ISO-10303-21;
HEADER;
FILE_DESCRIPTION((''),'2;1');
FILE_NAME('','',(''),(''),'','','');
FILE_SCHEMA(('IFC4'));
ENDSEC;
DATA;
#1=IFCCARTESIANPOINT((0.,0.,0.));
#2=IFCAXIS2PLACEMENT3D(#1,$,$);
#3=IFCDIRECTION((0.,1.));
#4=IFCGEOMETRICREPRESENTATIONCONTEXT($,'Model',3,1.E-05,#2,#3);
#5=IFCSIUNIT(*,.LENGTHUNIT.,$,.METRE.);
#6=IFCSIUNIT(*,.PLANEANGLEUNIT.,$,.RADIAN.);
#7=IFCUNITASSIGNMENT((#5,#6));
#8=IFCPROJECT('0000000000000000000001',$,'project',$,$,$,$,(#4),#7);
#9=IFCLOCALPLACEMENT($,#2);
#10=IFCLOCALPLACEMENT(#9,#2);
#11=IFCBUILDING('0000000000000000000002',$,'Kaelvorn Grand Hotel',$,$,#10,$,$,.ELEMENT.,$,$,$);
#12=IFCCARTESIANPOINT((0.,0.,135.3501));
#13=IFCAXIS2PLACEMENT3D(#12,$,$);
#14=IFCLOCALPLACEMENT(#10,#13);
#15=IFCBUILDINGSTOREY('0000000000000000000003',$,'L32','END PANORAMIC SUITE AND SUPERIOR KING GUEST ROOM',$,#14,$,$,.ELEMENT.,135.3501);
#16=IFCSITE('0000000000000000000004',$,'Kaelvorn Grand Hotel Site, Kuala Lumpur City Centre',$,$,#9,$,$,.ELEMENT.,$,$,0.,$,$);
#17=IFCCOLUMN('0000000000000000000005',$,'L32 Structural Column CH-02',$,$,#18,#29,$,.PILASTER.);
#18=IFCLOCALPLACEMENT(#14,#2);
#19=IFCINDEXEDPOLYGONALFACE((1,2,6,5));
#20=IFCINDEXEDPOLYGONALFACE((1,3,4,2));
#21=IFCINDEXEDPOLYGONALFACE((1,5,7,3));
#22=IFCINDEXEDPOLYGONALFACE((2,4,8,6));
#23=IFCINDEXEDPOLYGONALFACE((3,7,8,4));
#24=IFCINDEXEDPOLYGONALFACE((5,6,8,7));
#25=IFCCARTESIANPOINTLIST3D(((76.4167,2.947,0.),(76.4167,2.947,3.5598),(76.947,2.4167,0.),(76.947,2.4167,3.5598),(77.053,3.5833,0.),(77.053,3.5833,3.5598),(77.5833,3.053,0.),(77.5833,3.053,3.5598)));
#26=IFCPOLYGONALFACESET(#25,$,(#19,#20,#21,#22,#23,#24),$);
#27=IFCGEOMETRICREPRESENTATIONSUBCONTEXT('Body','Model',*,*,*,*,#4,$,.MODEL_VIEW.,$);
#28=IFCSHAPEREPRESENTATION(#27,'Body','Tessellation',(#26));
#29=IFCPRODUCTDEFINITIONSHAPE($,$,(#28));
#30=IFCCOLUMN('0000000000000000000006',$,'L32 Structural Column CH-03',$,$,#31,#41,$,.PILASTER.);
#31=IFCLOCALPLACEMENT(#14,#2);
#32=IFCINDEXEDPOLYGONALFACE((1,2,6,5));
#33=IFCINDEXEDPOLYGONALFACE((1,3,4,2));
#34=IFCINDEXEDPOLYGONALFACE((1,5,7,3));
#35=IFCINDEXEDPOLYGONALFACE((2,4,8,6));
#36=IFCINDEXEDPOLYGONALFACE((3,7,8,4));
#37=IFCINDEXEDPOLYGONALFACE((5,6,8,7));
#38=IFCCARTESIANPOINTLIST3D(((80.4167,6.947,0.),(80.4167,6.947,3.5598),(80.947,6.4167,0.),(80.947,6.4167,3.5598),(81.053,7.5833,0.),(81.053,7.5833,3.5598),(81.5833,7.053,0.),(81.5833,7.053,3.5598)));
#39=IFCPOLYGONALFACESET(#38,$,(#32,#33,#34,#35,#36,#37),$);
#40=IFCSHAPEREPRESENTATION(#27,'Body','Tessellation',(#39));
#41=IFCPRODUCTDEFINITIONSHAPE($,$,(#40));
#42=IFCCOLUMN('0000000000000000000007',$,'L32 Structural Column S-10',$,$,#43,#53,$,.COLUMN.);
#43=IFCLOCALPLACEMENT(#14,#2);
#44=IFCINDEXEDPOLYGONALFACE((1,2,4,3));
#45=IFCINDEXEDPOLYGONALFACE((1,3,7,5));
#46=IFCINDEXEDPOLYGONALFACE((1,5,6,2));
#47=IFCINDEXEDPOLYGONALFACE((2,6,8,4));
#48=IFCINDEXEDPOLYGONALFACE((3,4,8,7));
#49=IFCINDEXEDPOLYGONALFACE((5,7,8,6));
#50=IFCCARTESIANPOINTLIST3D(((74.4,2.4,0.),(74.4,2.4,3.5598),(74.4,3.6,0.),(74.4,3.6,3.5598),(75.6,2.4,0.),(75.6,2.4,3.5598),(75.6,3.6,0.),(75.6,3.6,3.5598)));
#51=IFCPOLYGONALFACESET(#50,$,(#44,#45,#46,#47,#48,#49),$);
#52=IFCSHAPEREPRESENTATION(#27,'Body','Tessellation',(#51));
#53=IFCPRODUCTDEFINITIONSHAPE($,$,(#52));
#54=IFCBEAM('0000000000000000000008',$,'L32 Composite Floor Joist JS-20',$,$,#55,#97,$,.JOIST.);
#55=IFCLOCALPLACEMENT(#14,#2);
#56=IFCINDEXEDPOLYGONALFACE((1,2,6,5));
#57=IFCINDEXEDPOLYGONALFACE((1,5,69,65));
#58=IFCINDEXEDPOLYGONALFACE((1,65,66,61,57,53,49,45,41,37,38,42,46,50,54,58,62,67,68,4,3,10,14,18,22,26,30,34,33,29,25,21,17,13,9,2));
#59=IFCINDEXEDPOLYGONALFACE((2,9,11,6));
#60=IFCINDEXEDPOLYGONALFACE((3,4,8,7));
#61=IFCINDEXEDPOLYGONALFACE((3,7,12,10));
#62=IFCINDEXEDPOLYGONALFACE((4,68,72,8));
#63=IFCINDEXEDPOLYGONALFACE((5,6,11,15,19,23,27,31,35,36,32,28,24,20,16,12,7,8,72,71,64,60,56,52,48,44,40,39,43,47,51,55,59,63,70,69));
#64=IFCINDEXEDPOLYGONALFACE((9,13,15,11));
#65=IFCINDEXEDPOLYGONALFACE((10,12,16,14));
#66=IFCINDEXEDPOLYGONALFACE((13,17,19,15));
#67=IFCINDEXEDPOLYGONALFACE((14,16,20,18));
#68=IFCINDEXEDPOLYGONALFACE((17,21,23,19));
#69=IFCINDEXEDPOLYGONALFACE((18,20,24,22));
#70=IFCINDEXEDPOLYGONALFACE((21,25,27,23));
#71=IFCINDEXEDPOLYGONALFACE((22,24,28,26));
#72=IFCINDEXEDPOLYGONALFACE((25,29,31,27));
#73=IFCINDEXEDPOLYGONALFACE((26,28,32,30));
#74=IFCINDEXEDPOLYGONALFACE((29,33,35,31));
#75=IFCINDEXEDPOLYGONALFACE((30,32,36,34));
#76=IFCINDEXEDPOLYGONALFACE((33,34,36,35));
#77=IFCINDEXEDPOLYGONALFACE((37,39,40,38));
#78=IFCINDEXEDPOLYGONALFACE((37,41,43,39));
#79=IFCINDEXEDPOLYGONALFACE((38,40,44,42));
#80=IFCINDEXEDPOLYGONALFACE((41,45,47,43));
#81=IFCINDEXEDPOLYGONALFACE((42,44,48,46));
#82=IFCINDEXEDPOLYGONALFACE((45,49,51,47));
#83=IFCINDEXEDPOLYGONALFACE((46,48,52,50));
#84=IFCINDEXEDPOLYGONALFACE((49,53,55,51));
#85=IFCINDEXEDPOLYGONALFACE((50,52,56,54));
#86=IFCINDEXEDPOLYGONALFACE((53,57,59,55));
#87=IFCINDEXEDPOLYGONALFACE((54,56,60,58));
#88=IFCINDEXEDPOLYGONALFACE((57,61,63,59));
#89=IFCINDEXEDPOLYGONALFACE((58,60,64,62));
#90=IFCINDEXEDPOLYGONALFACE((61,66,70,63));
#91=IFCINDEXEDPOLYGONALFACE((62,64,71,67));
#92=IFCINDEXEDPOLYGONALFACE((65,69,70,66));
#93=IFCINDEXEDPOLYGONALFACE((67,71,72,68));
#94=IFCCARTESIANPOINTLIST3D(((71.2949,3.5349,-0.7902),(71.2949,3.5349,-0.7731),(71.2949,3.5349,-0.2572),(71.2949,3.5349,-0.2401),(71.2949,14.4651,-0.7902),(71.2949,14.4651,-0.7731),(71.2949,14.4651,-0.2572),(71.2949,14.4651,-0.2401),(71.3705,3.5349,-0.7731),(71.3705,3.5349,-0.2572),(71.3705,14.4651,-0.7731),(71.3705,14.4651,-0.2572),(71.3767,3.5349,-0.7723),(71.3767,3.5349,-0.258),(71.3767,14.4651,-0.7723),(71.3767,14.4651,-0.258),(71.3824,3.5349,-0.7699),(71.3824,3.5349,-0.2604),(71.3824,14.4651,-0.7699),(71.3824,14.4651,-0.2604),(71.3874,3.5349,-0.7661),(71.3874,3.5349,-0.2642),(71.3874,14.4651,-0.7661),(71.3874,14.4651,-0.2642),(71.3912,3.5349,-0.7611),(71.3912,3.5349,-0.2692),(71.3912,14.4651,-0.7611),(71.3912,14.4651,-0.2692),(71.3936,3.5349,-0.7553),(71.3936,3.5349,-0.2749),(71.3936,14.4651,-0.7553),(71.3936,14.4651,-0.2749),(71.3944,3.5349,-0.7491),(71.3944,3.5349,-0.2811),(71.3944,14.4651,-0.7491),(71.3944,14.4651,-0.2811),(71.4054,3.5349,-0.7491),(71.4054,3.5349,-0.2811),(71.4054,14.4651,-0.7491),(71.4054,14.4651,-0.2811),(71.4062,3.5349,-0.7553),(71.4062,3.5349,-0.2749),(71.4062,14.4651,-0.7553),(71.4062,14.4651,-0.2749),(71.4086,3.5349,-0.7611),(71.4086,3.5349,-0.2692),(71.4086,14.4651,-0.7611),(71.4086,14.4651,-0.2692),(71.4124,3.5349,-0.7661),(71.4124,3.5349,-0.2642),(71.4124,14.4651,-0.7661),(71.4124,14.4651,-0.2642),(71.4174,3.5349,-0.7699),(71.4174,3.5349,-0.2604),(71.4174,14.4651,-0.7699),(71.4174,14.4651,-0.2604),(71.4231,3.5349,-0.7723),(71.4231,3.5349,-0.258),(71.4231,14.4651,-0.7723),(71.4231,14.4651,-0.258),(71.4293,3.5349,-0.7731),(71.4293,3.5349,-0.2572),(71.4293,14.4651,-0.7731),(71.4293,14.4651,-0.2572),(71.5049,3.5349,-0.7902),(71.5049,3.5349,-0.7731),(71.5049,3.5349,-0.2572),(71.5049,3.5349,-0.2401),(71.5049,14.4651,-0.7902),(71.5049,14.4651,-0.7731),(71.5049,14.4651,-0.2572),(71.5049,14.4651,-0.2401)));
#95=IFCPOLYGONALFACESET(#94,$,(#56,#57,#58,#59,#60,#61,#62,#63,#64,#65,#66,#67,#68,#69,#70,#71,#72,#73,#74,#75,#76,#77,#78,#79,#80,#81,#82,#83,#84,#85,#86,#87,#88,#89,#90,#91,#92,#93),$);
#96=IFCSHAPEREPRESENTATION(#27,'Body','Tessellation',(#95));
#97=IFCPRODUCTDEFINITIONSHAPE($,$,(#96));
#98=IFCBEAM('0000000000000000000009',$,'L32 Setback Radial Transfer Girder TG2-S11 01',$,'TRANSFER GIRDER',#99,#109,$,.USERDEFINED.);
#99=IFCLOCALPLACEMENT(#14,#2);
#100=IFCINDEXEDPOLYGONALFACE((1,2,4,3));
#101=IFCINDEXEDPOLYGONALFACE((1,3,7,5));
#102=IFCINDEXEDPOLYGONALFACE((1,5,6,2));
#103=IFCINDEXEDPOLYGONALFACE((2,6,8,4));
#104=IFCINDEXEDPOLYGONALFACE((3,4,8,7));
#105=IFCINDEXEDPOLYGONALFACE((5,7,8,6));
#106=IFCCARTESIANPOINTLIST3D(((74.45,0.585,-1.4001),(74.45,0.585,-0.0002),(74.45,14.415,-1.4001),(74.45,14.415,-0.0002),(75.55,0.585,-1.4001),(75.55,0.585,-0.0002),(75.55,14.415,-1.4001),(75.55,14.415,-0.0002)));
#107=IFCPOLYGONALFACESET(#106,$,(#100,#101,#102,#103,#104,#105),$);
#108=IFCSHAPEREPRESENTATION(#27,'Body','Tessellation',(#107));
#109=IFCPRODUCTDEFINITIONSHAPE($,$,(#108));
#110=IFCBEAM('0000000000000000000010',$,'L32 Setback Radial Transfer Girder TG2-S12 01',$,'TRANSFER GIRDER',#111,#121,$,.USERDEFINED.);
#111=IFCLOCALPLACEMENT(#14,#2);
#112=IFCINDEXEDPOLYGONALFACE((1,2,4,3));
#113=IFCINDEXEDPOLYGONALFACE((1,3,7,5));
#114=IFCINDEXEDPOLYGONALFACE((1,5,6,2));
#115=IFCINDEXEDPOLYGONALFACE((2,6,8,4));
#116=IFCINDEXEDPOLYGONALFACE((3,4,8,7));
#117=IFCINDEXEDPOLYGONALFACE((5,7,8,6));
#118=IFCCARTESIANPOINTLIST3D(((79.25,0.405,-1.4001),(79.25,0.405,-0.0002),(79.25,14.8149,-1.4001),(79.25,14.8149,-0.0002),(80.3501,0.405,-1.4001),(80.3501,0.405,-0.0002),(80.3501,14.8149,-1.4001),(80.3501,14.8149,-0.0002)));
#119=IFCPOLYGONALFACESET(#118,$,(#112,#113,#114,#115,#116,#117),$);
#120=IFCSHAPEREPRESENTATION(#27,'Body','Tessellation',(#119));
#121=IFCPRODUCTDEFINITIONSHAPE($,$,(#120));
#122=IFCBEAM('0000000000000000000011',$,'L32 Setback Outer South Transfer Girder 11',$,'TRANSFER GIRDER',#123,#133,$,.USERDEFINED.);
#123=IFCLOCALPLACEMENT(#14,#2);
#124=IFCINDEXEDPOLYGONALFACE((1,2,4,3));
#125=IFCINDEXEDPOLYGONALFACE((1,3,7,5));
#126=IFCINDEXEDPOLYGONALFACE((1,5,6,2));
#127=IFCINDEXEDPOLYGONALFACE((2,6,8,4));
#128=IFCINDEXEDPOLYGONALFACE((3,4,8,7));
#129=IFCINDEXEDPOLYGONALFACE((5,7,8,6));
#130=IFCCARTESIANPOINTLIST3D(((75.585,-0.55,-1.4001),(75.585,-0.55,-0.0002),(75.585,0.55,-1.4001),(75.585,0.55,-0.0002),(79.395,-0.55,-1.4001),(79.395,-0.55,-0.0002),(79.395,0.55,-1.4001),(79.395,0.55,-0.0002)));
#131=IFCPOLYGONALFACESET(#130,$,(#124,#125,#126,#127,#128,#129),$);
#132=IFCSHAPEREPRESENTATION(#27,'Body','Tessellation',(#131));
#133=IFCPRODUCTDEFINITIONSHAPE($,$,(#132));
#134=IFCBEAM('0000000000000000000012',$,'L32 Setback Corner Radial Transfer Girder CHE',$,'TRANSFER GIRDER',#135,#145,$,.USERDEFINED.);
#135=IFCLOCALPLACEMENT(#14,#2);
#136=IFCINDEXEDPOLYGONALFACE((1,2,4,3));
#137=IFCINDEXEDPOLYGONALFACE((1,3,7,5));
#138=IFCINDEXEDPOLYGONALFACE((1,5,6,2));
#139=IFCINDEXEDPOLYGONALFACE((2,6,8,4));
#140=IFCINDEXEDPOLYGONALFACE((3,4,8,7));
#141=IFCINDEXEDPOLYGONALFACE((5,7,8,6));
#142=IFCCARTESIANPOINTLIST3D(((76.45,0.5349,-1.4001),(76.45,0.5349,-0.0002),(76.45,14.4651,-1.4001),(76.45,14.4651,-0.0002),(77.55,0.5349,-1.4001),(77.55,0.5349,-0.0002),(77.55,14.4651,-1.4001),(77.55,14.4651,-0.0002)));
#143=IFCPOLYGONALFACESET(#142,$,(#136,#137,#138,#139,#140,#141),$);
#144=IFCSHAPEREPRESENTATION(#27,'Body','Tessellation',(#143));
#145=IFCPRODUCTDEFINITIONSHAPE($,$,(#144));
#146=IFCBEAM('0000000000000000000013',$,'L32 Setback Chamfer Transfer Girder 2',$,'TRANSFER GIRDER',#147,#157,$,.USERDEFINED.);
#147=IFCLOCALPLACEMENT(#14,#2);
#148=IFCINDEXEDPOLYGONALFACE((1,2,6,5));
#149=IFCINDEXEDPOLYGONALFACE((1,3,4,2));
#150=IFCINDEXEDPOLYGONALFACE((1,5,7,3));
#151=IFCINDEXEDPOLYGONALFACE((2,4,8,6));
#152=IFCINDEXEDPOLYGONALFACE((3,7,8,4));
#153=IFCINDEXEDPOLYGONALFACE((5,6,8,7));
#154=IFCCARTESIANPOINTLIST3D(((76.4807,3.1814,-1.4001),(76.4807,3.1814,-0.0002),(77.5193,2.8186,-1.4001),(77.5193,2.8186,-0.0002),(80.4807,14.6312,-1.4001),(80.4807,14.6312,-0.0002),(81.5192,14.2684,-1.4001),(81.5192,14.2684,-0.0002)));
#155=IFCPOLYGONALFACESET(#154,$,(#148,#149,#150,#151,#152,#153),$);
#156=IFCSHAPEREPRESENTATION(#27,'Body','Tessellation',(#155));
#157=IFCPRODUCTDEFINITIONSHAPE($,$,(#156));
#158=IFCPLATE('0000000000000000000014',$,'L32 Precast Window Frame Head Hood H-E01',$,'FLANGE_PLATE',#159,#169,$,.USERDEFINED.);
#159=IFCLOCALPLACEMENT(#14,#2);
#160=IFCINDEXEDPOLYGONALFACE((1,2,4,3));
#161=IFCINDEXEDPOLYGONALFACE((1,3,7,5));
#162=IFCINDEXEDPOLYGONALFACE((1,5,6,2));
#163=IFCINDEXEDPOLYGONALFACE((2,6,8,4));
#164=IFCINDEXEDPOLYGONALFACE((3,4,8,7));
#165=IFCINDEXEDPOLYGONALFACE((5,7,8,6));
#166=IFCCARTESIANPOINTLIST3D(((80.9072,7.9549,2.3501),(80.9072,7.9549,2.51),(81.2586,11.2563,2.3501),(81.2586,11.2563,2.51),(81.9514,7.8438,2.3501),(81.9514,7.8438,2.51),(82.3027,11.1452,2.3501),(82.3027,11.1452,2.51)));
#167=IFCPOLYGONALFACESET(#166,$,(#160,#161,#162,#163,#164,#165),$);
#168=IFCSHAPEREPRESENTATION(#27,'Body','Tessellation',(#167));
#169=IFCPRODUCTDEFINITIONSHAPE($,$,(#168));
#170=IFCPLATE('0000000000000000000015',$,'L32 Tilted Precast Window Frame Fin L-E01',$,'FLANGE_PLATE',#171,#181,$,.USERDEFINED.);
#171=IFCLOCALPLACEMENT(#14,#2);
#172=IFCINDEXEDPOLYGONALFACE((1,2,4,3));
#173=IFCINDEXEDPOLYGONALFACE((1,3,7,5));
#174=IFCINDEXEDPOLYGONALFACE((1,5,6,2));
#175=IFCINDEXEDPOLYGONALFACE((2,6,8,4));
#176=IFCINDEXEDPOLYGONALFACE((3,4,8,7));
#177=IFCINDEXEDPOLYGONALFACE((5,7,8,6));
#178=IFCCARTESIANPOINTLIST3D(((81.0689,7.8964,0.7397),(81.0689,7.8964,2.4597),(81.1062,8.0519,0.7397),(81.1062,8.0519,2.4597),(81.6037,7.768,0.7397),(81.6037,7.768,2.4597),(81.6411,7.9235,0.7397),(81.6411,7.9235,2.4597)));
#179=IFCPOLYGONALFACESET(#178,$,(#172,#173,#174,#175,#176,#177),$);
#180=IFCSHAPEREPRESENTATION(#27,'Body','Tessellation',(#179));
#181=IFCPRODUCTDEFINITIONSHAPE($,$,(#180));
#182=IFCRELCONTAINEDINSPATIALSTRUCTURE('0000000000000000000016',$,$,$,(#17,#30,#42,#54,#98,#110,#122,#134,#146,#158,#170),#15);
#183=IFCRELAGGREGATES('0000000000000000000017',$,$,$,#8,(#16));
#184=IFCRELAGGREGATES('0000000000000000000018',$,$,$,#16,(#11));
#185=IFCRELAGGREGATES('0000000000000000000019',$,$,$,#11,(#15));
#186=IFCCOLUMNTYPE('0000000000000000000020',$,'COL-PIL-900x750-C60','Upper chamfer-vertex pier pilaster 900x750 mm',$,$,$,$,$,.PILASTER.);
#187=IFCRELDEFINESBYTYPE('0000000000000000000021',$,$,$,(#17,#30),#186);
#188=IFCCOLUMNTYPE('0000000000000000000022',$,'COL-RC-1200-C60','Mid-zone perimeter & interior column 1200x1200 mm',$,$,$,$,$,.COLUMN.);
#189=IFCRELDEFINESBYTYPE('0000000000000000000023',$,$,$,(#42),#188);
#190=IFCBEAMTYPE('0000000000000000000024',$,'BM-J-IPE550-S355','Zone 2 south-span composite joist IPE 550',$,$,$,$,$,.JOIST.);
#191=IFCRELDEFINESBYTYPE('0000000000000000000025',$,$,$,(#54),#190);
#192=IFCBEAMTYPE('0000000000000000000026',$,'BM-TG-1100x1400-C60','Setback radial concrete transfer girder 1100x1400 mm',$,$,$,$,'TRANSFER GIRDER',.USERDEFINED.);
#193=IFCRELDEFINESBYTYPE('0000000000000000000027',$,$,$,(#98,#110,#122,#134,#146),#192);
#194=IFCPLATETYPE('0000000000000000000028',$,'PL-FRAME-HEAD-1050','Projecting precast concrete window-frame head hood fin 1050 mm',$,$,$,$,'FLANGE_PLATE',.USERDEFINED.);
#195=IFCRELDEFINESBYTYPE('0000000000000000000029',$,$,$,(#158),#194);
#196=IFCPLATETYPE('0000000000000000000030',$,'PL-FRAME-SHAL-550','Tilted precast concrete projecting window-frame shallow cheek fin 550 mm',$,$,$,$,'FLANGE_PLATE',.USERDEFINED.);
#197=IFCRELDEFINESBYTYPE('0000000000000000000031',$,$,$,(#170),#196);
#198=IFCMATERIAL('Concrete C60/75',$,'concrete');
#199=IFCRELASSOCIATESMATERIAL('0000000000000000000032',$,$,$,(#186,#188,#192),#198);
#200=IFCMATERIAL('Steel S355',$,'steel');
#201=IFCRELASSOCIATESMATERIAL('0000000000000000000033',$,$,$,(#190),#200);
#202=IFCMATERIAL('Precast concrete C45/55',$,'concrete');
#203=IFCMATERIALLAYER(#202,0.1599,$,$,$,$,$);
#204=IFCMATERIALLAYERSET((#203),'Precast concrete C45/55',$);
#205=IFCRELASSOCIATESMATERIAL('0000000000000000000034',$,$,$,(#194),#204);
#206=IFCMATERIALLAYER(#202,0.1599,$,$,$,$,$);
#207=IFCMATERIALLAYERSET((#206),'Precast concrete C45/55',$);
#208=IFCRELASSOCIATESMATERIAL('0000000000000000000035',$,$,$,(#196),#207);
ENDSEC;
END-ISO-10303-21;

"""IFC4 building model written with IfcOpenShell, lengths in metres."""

from ifc_helpers import new_model, si_unit, direction, frame, origin, origin_2d, place, context, subcontext, project, spatial, rectangle, i_section, extrude, material, layer, layer_set, material_profile, profile_set, type_object, element, save


model = new_model("IFC4")

# Units and contexts
model_context = context("Model", 3, precision=1e-05, world=origin(), true_north=direction((0.0, 1.0)))
body_context = subcontext(model_context, "Body", "Model", "MODEL_VIEW")
ifc_project = project(units=[si_unit("LENGTHUNIT", "METRE"), si_unit("PLANEANGLEUNIT", "RADIAN")], contexts=[model_context])

# Site, building, storey
site_placement = place(None, origin())
site = spatial("IfcSite", under=ifc_project, at=site_placement, Name="Kaelvorn Grand Hotel Site, Kuala Lumpur City Centre", CompositionType="ELEMENT", RefElevation=0.0)
building_placement = place(site_placement, origin())
building = spatial("IfcBuilding", under=site, at=building_placement, Name="Kaelvorn Grand Hotel", CompositionType="ELEMENT")
storey_placement = place(building_placement, frame((0.0, 0.0, 135.3501)))
storey = spatial("IfcBuildingStorey", under=building, at=storey_placement, Name="L32", Description="END PANORAMIC SUITE AND SUPERIOR KING GUEST ROOM", CompositionType="ELEMENT", Elevation=135.3501)

# Columns
ifc_material_1 = material(Name="Concrete C60/75", Category="concrete")
ifc_material_profile_1 = material_profile(ifc_material_1, rectangle(XDim=0.8999, YDim=0.75, at=origin_2d()), Name="RC PILASTER 900x750")
ifc_profile_set_1 = profile_set([ifc_material_profile_1], Name="Concrete C60/75")
column_type_1 = type_object("IfcColumnType", Name="COL-PIL-900x750-C60", Description="Upper chamfer-vertex pier pilaster 900x750 mm", PredefinedType="PILASTER", material=ifc_profile_set_1)
for number, where, z_axis, x_axis, name in (
    (1, (77.0, 3.0, 0.0), (0.0, 0.0, 1.0), (0.707107, 0.707107, 0.0), "L32 Structural Column CH-02"),
    (2, (81.0, 7.0, 0.0), (0.0, 0.0, 1.0), (0.707107, 0.707107, 0.0), "L32 Structural Column CH-03"),
):
    element("IfcColumn", number, at=place(storey_placement, frame(where, z_axis=z_axis, x_axis=x_axis)), inside=storey, type_object=column_type_1, Name=name, PredefinedType="PILASTER", context=body_context, shape_type="SweptSolid", body=[
        extrude(rectangle(XDim=0.8999, YDim=0.75, at=origin_2d()), origin(), (0.0, 0.0, 1.0), 3.5598),
    ])
ifc_material_profile_2 = material_profile(ifc_material_1, rectangle(XDim=1.2, YDim=1.2, at=origin_2d()), Name="RC COL 1200x1200")
ifc_profile_set_2 = profile_set([ifc_material_profile_2], Name="Concrete C60/75")
column_type_2 = type_object("IfcColumnType", Name="COL-RC-1200-C60", Description="Mid-zone perimeter & interior column 1200x1200 mm", PredefinedType="COLUMN", material=ifc_profile_set_2)
column_placement = place(storey_placement, frame((75.0, 3.0, 0.0), z_axis=(0.0, 0.0, 1.0), x_axis=(1.0, 0.0, 0.0)))
element("IfcColumn", 3, at=column_placement, inside=storey, type_object=column_type_2, Name="L32 Structural Column S-10", PredefinedType="COLUMN", context=body_context, shape_type="SweptSolid", body=[
    extrude(rectangle(XDim=1.2, YDim=1.2, at=origin_2d()), origin(), (0.0, 0.0, 1.0), 3.5598),
])

# Beams
ifc_material_2 = material(Name="Steel S355", Category="steel")
ifc_material_profile_3 = material_profile(ifc_material_2, i_section(OverallWidth=0.21, OverallDepth=0.55, WebThickness=0.011, FlangeThickness=0.0171, FilletRadius=0.0239, at=origin_2d()), Name="IPE 550")
ifc_profile_set_3 = profile_set([ifc_material_profile_3], Name="Steel S355")
beam_type_1 = type_object("IfcBeamType", Name="BM-J-IPE550-S355", Description="Zone 2 south-span composite joist IPE 550", PredefinedType="JOIST", material=ifc_profile_set_3)
beam_1_placement = place(storey_placement, frame((71.3999, 3.5349, -0.5151), z_axis=(0.0, 1.0, 0.0), x_axis=(-1.0, 0.0, 0.0)))
element("IfcBeam", 4, at=beam_1_placement, inside=storey, type_object=beam_type_1, Name="L32 Composite Floor Joist JS-20", PredefinedType="JOIST", context=body_context, shape_type="SweptSolid", body=[
    extrude(i_section(OverallWidth=0.21, OverallDepth=0.55, WebThickness=0.011, FlangeThickness=0.0171, FilletRadius=0.0239, at=origin_2d()), origin(), (0.0, 0.0, 1.0), 10.9302),
])
ifc_material_profile_4 = material_profile(ifc_material_1, rectangle(XDim=1.1001, YDim=1.3999, at=origin_2d()), Name="RC TG 1100x1400")
ifc_profile_set_4 = profile_set([ifc_material_profile_4], Name="Concrete C60/75")
beam_type_2 = type_object("IfcBeamType", Name="BM-TG-1100x1400-C60", Description="Setback radial concrete transfer girder 1100x1400 mm", ElementType="TRANSFER GIRDER", PredefinedType="USERDEFINED", material=ifc_profile_set_4)
beam_2_placement = place(storey_placement, frame((75.0, 0.585, -0.7002), z_axis=(0.0, 1.0, 0.0), x_axis=(-1.0, 0.0, 0.0)))
element("IfcBeam", 5, at=beam_2_placement, inside=storey, type_object=beam_type_2, Name="L32 Setback Radial Transfer Girder TG2-S11 01", ObjectType="TRANSFER GIRDER", PredefinedType="USERDEFINED", context=body_context, shape_type="SweptSolid", body=[
    extrude(rectangle(XDim=1.1001, YDim=1.3999, at=origin_2d()), origin(), (0.0, 0.0, 1.0), 13.8301),
])
beam_3_placement = place(storey_placement, frame((79.8, 0.405, -0.7002), z_axis=(0.0, 1.0, 0.0), x_axis=(-1.0, 0.0, 0.0)))
element("IfcBeam", 6, at=beam_3_placement, inside=storey, type_object=beam_type_2, Name="L32 Setback Radial Transfer Girder TG2-S12 01", ObjectType="TRANSFER GIRDER", PredefinedType="USERDEFINED", context=body_context, shape_type="SweptSolid", body=[
    extrude(rectangle(XDim=1.1001, YDim=1.3999, at=origin_2d()), origin(), (0.0, 0.0, 1.0), 14.4099),
])
beam_4_placement = place(storey_placement, frame((75.585, 0.0, -0.7002), z_axis=(1.0, 0.0, 0.0), x_axis=(0.0, 1.0, 0.0)))
element("IfcBeam", 7, at=beam_4_placement, inside=storey, type_object=beam_type_2, Name="L32 Setback Outer South Transfer Girder 11", ObjectType="TRANSFER GIRDER", PredefinedType="USERDEFINED", context=body_context, shape_type="SweptSolid", body=[
    extrude(rectangle(XDim=1.1001, YDim=1.3999, at=origin_2d()), origin(), (0.0, 0.0, 1.0), 3.8101),
])
beam_5_placement = place(storey_placement, frame((77.0, 0.5349, -0.7002), z_axis=(0.0, 1.0, 0.0), x_axis=(-1.0, 0.0, 0.0)))
element("IfcBeam", 8, at=beam_5_placement, inside=storey, type_object=beam_type_2, Name="L32 Setback Corner Radial Transfer Girder CHE", ObjectType="TRANSFER GIRDER", PredefinedType="USERDEFINED", context=body_context, shape_type="SweptSolid", body=[
    extrude(rectangle(XDim=1.1001, YDim=1.3999, at=origin_2d()), origin(), (0.0, 0.0, 1.0), 13.9302),
])
beam_6_placement = place(storey_placement, frame((77.0, 3.0, -0.7002), z_axis=(0.329801, 0.944051, 0.0), x_axis=(-0.944051, 0.329801, 0.0)))
element("IfcBeam", 9, at=beam_6_placement, inside=storey, type_object=beam_type_2, Name="L32 Setback Chamfer Transfer Girder 2", ObjectType="TRANSFER GIRDER", PredefinedType="USERDEFINED", context=body_context, shape_type="SweptSolid", body=[
    extrude(rectangle(XDim=1.1001, YDim=1.3999, at=origin_2d()), origin(), (0.0, 0.0, 1.0), 12.1284),
])

# Plates
ifc_material_3 = material(Name="Precast concrete C45/55", Category="concrete")
ifc_layer_1 = layer(ifc_material_3, 0.1599)
ifc_layer_set_1 = layer_set([ifc_layer_1], Name="Precast concrete C45/55")
plate_type_1 = type_object("IfcPlateType", Name="PL-FRAME-HEAD-1050", Description="Projecting precast concrete window-frame head hood fin 1050 mm", ElementType="FLANGE_PLATE", PredefinedType="USERDEFINED", material=ifc_layer_set_1)
plate_1_placement = place(storey_placement, frame((81.605, 9.55, 2.3501), z_axis=(0.0, 0.0, 1.0), x_axis=(0.10583, 0.994384, 0.0)))
element("IfcPlate", 10, at=plate_1_placement, inside=storey, type_object=plate_type_1, Name="L32 Precast Window Frame Head Hood H-E01", ObjectType="FLANGE_PLATE", PredefinedType="USERDEFINED", context=body_context, shape_type="SweptSolid", body=[
    extrude(rectangle(XDim=3.3201, YDim=1.05, at=origin_2d()), origin(), (0.0, 0.0, 1.0), 0.1599),
])
ifc_layer_2 = layer(ifc_material_3, 0.1599)
ifc_layer_set_2 = layer_set([ifc_layer_2], Name="Precast concrete C45/55")
plate_type_2 = type_object("IfcPlateType", Name="PL-FRAME-SHAL-550", Description="Tilted precast concrete projecting window-frame shallow cheek fin 550 mm", ElementType="FLANGE_PLATE", PredefinedType="USERDEFINED", material=ifc_layer_set_2)
plate_2_placement = place(storey_placement, frame((81.355, 7.9099, 0.7397), z_axis=(0.0, 0.0, 1.0), x_axis=(0.233445, 0.97237, 0.0)))
element("IfcPlate", 11, at=plate_2_placement, inside=storey, type_object=plate_type_2, Name="L32 Tilted Precast Window Frame Fin L-E01", ObjectType="FLANGE_PLATE", PredefinedType="USERDEFINED", context=body_context, shape_type="SweptSolid", body=[
    extrude(rectangle(XDim=0.1599, YDim=0.55, at=origin_2d()), origin(), (0.0, 0.0, 1.0), 1.72),
])

save(model, "model.ifc")
